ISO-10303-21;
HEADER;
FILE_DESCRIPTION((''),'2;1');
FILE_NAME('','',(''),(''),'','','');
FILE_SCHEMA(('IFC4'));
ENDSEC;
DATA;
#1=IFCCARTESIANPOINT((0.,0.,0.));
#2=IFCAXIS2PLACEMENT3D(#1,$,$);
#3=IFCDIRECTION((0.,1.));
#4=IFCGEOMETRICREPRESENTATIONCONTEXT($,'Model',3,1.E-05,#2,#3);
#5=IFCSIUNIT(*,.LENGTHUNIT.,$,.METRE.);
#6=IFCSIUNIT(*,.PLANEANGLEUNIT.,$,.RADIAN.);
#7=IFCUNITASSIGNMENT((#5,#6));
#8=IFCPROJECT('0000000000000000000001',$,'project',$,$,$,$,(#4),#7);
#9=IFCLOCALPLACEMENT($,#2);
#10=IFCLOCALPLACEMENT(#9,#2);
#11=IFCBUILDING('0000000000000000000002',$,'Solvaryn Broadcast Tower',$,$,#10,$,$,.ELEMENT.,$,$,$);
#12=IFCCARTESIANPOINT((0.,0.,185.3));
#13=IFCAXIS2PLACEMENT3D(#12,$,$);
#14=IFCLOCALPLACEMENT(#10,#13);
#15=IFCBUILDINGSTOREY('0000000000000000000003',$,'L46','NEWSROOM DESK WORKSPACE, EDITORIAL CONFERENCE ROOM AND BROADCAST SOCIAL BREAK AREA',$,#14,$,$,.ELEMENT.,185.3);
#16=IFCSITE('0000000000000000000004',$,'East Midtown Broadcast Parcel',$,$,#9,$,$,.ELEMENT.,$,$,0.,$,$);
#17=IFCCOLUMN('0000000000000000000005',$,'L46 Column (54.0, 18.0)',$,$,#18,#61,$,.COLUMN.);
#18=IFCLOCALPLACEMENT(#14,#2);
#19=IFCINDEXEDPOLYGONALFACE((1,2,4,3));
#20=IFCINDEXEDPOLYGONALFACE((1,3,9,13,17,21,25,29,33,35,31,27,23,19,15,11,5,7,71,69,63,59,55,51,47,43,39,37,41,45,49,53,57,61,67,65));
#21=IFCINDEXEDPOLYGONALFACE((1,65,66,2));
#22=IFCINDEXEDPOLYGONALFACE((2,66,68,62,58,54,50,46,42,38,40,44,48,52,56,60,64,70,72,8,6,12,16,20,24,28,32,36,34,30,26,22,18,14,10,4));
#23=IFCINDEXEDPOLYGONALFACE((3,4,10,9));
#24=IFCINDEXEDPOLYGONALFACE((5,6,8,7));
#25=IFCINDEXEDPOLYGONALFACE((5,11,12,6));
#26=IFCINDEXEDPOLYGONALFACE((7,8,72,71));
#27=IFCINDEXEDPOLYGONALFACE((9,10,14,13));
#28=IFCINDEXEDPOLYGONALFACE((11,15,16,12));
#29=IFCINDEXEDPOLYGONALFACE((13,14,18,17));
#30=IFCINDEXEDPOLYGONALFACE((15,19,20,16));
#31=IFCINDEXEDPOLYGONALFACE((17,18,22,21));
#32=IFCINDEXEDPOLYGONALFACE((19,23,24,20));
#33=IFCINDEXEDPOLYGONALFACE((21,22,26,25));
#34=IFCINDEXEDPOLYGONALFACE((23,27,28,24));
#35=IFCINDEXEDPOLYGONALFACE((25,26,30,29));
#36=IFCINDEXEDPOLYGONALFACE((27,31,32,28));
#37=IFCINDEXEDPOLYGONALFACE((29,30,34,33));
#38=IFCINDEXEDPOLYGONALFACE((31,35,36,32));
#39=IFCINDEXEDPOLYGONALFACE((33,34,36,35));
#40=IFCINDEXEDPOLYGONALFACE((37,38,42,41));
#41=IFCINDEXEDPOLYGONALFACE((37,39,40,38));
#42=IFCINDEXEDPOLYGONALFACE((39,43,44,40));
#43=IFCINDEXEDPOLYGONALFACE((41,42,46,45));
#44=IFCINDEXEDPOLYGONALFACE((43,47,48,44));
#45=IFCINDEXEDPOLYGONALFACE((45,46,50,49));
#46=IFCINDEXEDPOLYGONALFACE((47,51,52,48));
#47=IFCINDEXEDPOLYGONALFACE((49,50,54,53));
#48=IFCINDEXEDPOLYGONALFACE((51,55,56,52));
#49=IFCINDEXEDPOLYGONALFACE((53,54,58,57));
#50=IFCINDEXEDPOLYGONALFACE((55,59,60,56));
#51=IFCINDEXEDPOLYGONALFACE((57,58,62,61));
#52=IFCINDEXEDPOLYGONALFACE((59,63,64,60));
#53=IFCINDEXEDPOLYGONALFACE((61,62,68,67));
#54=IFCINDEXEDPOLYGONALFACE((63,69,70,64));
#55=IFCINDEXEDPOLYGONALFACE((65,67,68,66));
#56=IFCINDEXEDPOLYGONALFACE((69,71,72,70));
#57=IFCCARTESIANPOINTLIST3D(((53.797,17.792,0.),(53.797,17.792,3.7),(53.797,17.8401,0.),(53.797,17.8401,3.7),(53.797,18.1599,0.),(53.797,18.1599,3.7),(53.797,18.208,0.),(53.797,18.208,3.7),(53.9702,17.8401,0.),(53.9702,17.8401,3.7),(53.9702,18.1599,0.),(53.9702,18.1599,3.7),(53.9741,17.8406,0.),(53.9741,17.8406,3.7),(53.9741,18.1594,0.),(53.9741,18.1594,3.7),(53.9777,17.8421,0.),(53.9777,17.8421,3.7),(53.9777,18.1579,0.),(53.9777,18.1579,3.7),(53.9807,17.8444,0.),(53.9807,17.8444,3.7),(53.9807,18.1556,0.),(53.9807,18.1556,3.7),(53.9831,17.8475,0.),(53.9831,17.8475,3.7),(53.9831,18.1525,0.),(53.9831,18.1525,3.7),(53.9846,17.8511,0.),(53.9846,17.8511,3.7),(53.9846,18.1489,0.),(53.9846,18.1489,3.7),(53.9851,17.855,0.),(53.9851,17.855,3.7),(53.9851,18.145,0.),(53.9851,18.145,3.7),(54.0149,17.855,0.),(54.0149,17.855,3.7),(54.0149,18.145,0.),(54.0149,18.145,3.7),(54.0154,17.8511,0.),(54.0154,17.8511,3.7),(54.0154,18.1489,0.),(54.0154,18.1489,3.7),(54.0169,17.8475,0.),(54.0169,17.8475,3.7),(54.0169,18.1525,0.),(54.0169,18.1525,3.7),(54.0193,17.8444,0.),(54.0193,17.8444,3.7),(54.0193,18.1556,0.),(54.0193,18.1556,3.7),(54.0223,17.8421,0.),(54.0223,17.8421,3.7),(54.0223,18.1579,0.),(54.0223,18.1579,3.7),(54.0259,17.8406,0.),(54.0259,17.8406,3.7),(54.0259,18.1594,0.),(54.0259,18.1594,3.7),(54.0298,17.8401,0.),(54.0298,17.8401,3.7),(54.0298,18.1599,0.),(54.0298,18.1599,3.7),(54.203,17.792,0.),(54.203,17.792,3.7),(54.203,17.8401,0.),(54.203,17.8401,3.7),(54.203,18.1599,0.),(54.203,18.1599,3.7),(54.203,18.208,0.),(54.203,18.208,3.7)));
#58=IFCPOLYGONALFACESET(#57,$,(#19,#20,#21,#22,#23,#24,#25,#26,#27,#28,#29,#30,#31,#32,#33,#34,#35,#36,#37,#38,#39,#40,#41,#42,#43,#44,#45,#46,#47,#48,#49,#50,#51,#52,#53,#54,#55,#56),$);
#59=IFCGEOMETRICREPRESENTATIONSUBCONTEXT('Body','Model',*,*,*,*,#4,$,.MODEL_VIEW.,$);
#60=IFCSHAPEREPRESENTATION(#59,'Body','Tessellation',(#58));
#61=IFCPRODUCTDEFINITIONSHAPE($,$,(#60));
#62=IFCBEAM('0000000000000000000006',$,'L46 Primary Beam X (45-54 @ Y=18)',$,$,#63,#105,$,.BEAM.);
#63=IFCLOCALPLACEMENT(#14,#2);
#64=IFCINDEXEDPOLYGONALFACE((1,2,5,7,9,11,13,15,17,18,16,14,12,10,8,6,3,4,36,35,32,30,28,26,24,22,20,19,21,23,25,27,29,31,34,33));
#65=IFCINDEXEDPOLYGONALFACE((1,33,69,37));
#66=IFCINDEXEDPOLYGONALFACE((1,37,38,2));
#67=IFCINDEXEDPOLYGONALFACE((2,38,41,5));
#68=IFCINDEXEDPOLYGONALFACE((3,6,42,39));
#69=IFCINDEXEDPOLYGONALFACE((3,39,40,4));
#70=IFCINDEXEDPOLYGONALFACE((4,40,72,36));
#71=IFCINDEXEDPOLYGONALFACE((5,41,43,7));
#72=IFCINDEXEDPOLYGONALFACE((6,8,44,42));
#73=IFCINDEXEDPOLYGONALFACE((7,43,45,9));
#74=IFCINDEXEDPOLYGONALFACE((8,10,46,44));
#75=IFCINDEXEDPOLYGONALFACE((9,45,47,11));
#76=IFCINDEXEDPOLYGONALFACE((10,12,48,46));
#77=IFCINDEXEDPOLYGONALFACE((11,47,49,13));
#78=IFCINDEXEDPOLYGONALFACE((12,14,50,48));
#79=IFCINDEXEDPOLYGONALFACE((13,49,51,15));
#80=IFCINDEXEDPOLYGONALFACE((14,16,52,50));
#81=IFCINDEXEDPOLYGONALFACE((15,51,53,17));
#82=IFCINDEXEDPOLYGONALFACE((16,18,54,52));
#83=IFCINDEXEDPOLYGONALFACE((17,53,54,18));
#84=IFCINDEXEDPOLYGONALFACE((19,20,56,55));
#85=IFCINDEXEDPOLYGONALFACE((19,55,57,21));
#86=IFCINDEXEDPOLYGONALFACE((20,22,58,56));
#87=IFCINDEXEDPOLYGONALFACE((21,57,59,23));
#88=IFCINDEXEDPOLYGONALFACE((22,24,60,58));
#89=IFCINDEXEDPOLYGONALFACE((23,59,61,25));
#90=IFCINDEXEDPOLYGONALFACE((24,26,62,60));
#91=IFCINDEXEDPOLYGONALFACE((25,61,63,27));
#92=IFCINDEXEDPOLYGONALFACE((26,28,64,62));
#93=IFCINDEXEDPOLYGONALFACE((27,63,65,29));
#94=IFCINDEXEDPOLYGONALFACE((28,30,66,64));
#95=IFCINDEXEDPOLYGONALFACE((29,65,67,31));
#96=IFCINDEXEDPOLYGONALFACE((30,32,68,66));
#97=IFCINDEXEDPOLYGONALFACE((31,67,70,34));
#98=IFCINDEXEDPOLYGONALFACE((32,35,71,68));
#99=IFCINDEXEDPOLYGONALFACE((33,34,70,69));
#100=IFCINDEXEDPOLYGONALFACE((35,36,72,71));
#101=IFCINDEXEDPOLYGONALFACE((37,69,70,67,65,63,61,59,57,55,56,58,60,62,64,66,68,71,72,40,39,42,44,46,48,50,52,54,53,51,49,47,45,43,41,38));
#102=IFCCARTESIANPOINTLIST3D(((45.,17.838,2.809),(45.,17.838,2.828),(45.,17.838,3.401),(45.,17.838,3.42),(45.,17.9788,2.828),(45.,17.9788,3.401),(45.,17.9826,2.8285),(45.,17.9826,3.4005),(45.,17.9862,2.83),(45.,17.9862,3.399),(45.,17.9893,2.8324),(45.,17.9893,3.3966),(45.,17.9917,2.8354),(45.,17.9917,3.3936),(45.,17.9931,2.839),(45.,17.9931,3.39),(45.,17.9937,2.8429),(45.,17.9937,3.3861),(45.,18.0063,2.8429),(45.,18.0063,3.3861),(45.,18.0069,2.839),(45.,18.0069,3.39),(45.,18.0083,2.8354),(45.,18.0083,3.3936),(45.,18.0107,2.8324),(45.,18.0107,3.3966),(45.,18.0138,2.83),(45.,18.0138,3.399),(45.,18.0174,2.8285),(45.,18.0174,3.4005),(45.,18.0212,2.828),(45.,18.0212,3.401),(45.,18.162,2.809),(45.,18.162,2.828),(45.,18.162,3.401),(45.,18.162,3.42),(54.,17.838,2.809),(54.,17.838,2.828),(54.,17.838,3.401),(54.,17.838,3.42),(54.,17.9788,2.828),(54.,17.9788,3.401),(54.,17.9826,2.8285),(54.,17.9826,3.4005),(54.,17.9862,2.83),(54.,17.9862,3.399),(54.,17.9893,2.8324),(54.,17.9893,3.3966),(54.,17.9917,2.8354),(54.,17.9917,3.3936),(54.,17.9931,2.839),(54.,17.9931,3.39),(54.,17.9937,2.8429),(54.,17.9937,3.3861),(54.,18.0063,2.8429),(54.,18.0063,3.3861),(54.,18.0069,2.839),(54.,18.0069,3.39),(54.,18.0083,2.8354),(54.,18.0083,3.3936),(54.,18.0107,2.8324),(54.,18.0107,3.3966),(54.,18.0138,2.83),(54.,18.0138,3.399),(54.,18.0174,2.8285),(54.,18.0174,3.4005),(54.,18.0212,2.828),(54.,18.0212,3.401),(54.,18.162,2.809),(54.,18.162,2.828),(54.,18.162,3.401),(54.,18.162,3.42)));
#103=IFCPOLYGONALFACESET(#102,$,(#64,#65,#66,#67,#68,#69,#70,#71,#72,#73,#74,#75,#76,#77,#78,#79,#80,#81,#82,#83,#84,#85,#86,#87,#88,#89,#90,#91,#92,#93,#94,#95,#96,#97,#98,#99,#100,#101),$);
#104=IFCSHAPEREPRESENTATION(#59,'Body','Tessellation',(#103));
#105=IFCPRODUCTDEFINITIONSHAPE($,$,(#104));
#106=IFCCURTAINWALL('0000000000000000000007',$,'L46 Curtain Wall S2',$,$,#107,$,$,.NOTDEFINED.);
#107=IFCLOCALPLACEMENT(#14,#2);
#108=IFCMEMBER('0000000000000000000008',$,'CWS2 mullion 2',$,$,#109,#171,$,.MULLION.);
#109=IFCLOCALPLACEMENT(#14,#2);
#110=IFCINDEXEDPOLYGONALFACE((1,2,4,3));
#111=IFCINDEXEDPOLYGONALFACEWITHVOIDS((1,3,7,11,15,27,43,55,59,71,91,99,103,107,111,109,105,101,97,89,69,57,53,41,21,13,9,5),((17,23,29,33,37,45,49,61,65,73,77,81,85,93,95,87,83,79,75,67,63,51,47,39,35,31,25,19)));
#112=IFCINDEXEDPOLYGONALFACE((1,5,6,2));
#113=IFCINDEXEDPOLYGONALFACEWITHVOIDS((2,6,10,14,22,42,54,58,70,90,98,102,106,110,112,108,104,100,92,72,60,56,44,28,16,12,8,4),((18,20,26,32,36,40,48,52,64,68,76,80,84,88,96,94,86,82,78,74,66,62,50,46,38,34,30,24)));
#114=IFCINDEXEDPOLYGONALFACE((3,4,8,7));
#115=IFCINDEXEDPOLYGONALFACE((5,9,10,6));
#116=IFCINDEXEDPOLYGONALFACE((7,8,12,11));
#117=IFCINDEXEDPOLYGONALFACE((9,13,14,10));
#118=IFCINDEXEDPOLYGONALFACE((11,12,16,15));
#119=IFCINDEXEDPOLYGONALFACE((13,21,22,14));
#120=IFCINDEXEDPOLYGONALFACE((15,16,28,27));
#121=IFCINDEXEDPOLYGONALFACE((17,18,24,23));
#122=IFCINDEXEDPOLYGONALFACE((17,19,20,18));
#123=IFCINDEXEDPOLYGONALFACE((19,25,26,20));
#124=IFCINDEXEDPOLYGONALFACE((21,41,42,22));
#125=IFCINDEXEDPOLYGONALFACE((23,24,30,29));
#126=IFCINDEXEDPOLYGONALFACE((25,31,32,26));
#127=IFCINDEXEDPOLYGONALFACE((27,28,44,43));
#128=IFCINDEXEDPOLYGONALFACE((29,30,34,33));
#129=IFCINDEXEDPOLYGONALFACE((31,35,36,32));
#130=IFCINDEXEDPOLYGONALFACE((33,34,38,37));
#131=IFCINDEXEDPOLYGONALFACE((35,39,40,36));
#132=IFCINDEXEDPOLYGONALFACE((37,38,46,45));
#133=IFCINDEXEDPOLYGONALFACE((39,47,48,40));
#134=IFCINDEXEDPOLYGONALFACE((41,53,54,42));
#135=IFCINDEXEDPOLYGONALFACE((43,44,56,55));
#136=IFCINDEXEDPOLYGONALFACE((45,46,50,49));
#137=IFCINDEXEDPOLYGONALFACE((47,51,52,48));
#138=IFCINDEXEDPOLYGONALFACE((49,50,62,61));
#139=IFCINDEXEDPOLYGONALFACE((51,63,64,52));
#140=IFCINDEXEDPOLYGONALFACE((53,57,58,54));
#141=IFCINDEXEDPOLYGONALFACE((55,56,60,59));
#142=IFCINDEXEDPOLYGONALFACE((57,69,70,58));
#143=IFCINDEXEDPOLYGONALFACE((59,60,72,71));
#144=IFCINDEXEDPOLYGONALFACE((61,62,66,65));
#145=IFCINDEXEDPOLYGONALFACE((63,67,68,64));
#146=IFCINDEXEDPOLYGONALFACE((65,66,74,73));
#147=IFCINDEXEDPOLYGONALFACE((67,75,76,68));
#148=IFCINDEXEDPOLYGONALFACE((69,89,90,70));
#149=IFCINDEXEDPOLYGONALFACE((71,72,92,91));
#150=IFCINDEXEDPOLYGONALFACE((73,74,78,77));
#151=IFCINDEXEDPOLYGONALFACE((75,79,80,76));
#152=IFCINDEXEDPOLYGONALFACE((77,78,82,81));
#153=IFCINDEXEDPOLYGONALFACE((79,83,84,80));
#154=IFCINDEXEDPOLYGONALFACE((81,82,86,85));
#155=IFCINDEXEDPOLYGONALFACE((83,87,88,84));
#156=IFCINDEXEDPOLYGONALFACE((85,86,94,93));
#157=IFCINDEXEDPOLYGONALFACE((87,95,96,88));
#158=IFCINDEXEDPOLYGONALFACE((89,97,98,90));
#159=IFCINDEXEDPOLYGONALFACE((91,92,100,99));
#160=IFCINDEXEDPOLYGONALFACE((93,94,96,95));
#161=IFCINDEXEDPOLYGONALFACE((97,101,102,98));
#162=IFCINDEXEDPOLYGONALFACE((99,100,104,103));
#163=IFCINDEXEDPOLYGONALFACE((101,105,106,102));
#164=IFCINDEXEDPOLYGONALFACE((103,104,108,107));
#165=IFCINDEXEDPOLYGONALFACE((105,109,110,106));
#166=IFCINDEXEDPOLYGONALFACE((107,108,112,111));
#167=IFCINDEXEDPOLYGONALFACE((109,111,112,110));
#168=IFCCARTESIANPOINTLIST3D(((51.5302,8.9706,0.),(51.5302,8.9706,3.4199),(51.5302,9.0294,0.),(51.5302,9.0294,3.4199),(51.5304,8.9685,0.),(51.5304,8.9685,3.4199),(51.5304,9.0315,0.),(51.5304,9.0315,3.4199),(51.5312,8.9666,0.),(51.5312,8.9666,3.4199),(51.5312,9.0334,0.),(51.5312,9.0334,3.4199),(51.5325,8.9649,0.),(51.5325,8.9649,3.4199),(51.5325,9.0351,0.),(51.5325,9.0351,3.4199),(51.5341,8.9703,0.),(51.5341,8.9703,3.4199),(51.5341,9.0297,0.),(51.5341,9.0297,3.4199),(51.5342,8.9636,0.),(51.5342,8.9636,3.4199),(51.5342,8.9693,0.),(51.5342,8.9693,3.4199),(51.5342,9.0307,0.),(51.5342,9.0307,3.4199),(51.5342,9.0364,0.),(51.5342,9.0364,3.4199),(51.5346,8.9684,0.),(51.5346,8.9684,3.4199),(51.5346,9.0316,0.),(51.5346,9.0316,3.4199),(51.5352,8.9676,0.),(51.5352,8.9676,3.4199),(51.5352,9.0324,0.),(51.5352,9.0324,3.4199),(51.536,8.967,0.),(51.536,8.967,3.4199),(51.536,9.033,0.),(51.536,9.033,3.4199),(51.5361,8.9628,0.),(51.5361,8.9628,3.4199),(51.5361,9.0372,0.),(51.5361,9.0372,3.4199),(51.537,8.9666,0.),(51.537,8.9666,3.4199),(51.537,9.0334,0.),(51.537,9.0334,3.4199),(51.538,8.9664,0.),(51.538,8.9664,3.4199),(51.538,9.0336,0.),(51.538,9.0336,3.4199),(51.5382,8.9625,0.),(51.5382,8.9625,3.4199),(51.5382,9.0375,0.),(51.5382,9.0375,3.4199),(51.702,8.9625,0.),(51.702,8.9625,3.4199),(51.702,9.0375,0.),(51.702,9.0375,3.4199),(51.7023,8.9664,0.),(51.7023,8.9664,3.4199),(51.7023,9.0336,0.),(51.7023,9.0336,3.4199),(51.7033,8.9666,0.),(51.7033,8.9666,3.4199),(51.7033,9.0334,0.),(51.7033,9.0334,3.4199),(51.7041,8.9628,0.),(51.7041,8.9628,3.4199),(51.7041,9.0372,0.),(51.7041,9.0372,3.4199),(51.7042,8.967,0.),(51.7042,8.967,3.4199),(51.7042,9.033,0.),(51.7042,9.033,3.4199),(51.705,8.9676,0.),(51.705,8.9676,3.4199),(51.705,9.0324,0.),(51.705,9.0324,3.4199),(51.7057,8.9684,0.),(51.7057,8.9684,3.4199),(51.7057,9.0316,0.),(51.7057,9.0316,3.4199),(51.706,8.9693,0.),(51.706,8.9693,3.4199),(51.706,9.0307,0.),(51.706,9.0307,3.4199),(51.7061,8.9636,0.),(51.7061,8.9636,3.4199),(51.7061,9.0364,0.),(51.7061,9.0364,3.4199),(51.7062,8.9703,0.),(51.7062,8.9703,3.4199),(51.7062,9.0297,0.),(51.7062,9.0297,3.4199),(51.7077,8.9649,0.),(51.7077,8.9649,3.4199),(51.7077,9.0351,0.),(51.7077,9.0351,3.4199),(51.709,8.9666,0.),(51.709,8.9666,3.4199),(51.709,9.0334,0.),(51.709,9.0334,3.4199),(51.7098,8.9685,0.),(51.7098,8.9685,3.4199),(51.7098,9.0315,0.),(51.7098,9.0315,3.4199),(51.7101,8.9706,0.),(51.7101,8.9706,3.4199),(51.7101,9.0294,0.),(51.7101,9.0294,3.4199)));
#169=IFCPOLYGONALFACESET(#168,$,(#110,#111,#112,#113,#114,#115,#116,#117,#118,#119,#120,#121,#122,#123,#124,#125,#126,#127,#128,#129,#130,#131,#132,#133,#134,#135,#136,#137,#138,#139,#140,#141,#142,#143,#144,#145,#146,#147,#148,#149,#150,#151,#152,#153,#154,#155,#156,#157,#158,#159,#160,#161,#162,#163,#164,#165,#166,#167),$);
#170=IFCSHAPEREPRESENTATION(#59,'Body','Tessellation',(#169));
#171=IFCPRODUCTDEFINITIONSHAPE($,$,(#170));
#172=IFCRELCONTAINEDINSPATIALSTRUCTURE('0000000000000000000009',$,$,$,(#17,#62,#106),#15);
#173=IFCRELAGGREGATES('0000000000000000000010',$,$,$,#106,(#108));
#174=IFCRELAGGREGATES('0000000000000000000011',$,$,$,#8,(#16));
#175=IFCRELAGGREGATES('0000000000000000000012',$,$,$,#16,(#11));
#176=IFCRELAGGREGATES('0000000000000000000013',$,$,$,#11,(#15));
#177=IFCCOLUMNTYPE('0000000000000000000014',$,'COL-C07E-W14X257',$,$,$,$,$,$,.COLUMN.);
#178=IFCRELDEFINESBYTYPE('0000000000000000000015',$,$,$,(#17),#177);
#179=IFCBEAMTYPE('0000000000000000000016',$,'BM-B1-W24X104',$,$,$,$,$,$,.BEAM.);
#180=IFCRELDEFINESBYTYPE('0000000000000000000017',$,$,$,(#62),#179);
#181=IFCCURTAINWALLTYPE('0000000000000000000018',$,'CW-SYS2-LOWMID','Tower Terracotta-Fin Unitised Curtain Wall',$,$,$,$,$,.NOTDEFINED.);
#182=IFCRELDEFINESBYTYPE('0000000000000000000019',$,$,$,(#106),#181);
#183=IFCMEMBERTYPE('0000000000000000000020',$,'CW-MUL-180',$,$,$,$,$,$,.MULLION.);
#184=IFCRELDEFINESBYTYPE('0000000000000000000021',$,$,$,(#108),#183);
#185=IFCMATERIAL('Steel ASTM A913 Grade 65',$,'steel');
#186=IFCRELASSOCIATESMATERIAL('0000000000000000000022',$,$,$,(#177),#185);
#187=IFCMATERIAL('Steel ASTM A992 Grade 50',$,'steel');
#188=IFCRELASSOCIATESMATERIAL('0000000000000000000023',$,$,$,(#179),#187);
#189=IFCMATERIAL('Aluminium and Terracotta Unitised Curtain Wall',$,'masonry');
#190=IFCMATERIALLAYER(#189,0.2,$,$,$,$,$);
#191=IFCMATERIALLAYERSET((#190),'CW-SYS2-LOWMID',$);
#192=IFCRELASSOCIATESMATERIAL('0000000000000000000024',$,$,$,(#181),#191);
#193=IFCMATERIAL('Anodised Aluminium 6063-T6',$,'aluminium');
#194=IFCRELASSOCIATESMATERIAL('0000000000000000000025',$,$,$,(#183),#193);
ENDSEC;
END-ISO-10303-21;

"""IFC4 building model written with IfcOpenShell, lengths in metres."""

from ifc_helpers import new_model, si_unit, direction, frame, origin, origin_2d, place, context, subcontext, project, spatial, hollow_rectangle, i_section, extrude, material, layer, layer_set, material_profile, profile_set, type_object, element, aggregate, save


model = new_model("IFC4")

# Units and contexts
model_context = context("Model", 3, precision=1e-05, world=origin(), true_north=direction((0.0, 1.0)))
body_context = subcontext(model_context, "Body", "Model", "MODEL_VIEW")
ifc_project = project(units=[si_unit("LENGTHUNIT", "METRE"), si_unit("PLANEANGLEUNIT", "RADIAN")], contexts=[model_context])

# Site, building, storey
site_placement = place(None, origin())
site = spatial("IfcSite", under=ifc_project, at=site_placement, Name="East Midtown Broadcast Parcel", CompositionType="ELEMENT", RefElevation=0.0)
building_placement = place(site_placement, origin())
building = spatial("IfcBuilding", under=site, at=building_placement, Name="Solvaryn Broadcast Tower", CompositionType="ELEMENT")
storey_placement = place(building_placement, frame((0.0, 0.0, 185.3)))
storey = spatial("IfcBuildingStorey", under=building, at=storey_placement, Name="L46", Description="NEWSROOM DESK WORKSPACE, EDITORIAL CONFERENCE ROOM AND BROADCAST SOCIAL BREAK AREA", CompositionType="ELEMENT", Elevation=185.3)

# Column
ifc_material_1 = material(Name="Steel ASTM A913 Grade 65", Category="steel")
ifc_material_profile_1 = material_profile(ifc_material_1, i_section(OverallWidth=0.406, OverallDepth=0.416, WebThickness=0.0298, FlangeThickness=0.0481, FilletRadius=0.0149, at=origin_2d()))
ifc_profile_set_1 = profile_set([ifc_material_profile_1], Name="Steel ASTM A913 Grade 65")
column_type = type_object("IfcColumnType", Name="COL-C07E-W14X257", PredefinedType="COLUMN", material=ifc_profile_set_1)
column_placement = place(storey_placement, frame((54.0, 18.0, 0.0), z_axis=(0.0, 0.0, 1.0), x_axis=(1.0, 0.0, 0.0)))
element("IfcColumn", 1, at=column_placement, inside=storey, type_object=column_type, Name="L46 Column (54.0, 18.0)", PredefinedType="COLUMN", context=body_context, shape_type="SweptSolid", body=[
    extrude(i_section(OverallWidth=0.406, OverallDepth=0.416, WebThickness=0.0298, FlangeThickness=0.0481, FilletRadius=0.0149, at=origin_2d()), origin(), (0.0, 0.0, 1.0), 3.7),
])

# Beam
ifc_material_2 = material(Name="Steel ASTM A992 Grade 50", Category="steel")
ifc_material_profile_2 = material_profile(ifc_material_2, i_section(OverallWidth=0.324, OverallDepth=0.6111, WebThickness=0.0127, FlangeThickness=0.019, FilletRadius=0.0149, at=origin_2d()))
ifc_profile_set_2 = profile_set([ifc_material_profile_2], Name="Steel ASTM A992 Grade 50")
beam_type = type_object("IfcBeamType", Name="BM-B1-W24X104", PredefinedType="BEAM", material=ifc_profile_set_2)
beam_placement = place(storey_placement, frame((45.0, 18.0, 3.1145), z_axis=(1.0, 0.0, 0.0), x_axis=(0.0, 1.0, 0.0)))
element("IfcBeam", 2, at=beam_placement, inside=storey, type_object=beam_type, Name="L46 Primary Beam X (45-54 @ Y=18)", PredefinedType="BEAM", context=body_context, shape_type="SweptSolid", body=[
    extrude(i_section(OverallWidth=0.324, OverallDepth=0.6111, WebThickness=0.0127, FlangeThickness=0.019, FilletRadius=0.0149, at=origin_2d()), origin(), (0.0, 0.0, 1.0), 9.0),
])

# Curtain wall, member
ifc_material_3 = material(Name="Aluminium and Terracotta Unitised Curtain Wall", Category="masonry")
ifc_layer_1 = layer(ifc_material_3, 0.2)
ifc_layer_set_1 = layer_set([ifc_layer_1], Name="CW-SYS2-LOWMID")
curtain_wall_type = type_object("IfcCurtainWallType", Name="CW-SYS2-LOWMID", Description="Tower Terracotta-Fin Unitised Curtain Wall", PredefinedType="NOTDEFINED", material=ifc_layer_set_1)
curtain_wall_1_placement = place(storey_placement, origin())
curtain_wall_1 = element("IfcCurtainWall", 3, at=curtain_wall_1_placement, inside=storey, type_object=curtain_wall_type, Name="L46 Curtain Wall S2", PredefinedType="NOTDEFINED")
ifc_material_4 = material(Name="Anodised Aluminium 6063-T6", Category="aluminium")
ifc_material_profile_3 = material_profile(ifc_material_4, hollow_rectangle(XDim=0.075, YDim=0.1799, WallThickness=0.0039, InnerFilletRadius=0.0039, OuterFilletRadius=0.0081, at=origin_2d()))
ifc_profile_set_3 = profile_set([ifc_material_profile_3], Name="Anodised Aluminium 6063-T6")
member_type_1 = type_object("IfcMemberType", Name="CW-MUL-180", PredefinedType="MULLION", material=ifc_profile_set_3)
member_1_placement = place(storey_placement, frame((51.6201, 9.0, 0.0), z_axis=(0.0, 0.0, 1.0), x_axis=(0.0, 1.0, 0.0)))
member_1 = element("IfcMember", 4, at=member_1_placement, type_object=member_type_1, Name="CWS2 mullion 2", PredefinedType="MULLION", context=body_context, shape_type="SweptSolid", body=[
    extrude(hollow_rectangle(XDim=0.075, YDim=0.1799, WallThickness=0.0039, InnerFilletRadius=0.0039, OuterFilletRadius=0.0081, at=origin_2d()), origin(), (0.0, 0.0, 1.0), 3.4199),
])

aggregate(curtain_wall_1, [member_1])

save(model, "model.ifc")
